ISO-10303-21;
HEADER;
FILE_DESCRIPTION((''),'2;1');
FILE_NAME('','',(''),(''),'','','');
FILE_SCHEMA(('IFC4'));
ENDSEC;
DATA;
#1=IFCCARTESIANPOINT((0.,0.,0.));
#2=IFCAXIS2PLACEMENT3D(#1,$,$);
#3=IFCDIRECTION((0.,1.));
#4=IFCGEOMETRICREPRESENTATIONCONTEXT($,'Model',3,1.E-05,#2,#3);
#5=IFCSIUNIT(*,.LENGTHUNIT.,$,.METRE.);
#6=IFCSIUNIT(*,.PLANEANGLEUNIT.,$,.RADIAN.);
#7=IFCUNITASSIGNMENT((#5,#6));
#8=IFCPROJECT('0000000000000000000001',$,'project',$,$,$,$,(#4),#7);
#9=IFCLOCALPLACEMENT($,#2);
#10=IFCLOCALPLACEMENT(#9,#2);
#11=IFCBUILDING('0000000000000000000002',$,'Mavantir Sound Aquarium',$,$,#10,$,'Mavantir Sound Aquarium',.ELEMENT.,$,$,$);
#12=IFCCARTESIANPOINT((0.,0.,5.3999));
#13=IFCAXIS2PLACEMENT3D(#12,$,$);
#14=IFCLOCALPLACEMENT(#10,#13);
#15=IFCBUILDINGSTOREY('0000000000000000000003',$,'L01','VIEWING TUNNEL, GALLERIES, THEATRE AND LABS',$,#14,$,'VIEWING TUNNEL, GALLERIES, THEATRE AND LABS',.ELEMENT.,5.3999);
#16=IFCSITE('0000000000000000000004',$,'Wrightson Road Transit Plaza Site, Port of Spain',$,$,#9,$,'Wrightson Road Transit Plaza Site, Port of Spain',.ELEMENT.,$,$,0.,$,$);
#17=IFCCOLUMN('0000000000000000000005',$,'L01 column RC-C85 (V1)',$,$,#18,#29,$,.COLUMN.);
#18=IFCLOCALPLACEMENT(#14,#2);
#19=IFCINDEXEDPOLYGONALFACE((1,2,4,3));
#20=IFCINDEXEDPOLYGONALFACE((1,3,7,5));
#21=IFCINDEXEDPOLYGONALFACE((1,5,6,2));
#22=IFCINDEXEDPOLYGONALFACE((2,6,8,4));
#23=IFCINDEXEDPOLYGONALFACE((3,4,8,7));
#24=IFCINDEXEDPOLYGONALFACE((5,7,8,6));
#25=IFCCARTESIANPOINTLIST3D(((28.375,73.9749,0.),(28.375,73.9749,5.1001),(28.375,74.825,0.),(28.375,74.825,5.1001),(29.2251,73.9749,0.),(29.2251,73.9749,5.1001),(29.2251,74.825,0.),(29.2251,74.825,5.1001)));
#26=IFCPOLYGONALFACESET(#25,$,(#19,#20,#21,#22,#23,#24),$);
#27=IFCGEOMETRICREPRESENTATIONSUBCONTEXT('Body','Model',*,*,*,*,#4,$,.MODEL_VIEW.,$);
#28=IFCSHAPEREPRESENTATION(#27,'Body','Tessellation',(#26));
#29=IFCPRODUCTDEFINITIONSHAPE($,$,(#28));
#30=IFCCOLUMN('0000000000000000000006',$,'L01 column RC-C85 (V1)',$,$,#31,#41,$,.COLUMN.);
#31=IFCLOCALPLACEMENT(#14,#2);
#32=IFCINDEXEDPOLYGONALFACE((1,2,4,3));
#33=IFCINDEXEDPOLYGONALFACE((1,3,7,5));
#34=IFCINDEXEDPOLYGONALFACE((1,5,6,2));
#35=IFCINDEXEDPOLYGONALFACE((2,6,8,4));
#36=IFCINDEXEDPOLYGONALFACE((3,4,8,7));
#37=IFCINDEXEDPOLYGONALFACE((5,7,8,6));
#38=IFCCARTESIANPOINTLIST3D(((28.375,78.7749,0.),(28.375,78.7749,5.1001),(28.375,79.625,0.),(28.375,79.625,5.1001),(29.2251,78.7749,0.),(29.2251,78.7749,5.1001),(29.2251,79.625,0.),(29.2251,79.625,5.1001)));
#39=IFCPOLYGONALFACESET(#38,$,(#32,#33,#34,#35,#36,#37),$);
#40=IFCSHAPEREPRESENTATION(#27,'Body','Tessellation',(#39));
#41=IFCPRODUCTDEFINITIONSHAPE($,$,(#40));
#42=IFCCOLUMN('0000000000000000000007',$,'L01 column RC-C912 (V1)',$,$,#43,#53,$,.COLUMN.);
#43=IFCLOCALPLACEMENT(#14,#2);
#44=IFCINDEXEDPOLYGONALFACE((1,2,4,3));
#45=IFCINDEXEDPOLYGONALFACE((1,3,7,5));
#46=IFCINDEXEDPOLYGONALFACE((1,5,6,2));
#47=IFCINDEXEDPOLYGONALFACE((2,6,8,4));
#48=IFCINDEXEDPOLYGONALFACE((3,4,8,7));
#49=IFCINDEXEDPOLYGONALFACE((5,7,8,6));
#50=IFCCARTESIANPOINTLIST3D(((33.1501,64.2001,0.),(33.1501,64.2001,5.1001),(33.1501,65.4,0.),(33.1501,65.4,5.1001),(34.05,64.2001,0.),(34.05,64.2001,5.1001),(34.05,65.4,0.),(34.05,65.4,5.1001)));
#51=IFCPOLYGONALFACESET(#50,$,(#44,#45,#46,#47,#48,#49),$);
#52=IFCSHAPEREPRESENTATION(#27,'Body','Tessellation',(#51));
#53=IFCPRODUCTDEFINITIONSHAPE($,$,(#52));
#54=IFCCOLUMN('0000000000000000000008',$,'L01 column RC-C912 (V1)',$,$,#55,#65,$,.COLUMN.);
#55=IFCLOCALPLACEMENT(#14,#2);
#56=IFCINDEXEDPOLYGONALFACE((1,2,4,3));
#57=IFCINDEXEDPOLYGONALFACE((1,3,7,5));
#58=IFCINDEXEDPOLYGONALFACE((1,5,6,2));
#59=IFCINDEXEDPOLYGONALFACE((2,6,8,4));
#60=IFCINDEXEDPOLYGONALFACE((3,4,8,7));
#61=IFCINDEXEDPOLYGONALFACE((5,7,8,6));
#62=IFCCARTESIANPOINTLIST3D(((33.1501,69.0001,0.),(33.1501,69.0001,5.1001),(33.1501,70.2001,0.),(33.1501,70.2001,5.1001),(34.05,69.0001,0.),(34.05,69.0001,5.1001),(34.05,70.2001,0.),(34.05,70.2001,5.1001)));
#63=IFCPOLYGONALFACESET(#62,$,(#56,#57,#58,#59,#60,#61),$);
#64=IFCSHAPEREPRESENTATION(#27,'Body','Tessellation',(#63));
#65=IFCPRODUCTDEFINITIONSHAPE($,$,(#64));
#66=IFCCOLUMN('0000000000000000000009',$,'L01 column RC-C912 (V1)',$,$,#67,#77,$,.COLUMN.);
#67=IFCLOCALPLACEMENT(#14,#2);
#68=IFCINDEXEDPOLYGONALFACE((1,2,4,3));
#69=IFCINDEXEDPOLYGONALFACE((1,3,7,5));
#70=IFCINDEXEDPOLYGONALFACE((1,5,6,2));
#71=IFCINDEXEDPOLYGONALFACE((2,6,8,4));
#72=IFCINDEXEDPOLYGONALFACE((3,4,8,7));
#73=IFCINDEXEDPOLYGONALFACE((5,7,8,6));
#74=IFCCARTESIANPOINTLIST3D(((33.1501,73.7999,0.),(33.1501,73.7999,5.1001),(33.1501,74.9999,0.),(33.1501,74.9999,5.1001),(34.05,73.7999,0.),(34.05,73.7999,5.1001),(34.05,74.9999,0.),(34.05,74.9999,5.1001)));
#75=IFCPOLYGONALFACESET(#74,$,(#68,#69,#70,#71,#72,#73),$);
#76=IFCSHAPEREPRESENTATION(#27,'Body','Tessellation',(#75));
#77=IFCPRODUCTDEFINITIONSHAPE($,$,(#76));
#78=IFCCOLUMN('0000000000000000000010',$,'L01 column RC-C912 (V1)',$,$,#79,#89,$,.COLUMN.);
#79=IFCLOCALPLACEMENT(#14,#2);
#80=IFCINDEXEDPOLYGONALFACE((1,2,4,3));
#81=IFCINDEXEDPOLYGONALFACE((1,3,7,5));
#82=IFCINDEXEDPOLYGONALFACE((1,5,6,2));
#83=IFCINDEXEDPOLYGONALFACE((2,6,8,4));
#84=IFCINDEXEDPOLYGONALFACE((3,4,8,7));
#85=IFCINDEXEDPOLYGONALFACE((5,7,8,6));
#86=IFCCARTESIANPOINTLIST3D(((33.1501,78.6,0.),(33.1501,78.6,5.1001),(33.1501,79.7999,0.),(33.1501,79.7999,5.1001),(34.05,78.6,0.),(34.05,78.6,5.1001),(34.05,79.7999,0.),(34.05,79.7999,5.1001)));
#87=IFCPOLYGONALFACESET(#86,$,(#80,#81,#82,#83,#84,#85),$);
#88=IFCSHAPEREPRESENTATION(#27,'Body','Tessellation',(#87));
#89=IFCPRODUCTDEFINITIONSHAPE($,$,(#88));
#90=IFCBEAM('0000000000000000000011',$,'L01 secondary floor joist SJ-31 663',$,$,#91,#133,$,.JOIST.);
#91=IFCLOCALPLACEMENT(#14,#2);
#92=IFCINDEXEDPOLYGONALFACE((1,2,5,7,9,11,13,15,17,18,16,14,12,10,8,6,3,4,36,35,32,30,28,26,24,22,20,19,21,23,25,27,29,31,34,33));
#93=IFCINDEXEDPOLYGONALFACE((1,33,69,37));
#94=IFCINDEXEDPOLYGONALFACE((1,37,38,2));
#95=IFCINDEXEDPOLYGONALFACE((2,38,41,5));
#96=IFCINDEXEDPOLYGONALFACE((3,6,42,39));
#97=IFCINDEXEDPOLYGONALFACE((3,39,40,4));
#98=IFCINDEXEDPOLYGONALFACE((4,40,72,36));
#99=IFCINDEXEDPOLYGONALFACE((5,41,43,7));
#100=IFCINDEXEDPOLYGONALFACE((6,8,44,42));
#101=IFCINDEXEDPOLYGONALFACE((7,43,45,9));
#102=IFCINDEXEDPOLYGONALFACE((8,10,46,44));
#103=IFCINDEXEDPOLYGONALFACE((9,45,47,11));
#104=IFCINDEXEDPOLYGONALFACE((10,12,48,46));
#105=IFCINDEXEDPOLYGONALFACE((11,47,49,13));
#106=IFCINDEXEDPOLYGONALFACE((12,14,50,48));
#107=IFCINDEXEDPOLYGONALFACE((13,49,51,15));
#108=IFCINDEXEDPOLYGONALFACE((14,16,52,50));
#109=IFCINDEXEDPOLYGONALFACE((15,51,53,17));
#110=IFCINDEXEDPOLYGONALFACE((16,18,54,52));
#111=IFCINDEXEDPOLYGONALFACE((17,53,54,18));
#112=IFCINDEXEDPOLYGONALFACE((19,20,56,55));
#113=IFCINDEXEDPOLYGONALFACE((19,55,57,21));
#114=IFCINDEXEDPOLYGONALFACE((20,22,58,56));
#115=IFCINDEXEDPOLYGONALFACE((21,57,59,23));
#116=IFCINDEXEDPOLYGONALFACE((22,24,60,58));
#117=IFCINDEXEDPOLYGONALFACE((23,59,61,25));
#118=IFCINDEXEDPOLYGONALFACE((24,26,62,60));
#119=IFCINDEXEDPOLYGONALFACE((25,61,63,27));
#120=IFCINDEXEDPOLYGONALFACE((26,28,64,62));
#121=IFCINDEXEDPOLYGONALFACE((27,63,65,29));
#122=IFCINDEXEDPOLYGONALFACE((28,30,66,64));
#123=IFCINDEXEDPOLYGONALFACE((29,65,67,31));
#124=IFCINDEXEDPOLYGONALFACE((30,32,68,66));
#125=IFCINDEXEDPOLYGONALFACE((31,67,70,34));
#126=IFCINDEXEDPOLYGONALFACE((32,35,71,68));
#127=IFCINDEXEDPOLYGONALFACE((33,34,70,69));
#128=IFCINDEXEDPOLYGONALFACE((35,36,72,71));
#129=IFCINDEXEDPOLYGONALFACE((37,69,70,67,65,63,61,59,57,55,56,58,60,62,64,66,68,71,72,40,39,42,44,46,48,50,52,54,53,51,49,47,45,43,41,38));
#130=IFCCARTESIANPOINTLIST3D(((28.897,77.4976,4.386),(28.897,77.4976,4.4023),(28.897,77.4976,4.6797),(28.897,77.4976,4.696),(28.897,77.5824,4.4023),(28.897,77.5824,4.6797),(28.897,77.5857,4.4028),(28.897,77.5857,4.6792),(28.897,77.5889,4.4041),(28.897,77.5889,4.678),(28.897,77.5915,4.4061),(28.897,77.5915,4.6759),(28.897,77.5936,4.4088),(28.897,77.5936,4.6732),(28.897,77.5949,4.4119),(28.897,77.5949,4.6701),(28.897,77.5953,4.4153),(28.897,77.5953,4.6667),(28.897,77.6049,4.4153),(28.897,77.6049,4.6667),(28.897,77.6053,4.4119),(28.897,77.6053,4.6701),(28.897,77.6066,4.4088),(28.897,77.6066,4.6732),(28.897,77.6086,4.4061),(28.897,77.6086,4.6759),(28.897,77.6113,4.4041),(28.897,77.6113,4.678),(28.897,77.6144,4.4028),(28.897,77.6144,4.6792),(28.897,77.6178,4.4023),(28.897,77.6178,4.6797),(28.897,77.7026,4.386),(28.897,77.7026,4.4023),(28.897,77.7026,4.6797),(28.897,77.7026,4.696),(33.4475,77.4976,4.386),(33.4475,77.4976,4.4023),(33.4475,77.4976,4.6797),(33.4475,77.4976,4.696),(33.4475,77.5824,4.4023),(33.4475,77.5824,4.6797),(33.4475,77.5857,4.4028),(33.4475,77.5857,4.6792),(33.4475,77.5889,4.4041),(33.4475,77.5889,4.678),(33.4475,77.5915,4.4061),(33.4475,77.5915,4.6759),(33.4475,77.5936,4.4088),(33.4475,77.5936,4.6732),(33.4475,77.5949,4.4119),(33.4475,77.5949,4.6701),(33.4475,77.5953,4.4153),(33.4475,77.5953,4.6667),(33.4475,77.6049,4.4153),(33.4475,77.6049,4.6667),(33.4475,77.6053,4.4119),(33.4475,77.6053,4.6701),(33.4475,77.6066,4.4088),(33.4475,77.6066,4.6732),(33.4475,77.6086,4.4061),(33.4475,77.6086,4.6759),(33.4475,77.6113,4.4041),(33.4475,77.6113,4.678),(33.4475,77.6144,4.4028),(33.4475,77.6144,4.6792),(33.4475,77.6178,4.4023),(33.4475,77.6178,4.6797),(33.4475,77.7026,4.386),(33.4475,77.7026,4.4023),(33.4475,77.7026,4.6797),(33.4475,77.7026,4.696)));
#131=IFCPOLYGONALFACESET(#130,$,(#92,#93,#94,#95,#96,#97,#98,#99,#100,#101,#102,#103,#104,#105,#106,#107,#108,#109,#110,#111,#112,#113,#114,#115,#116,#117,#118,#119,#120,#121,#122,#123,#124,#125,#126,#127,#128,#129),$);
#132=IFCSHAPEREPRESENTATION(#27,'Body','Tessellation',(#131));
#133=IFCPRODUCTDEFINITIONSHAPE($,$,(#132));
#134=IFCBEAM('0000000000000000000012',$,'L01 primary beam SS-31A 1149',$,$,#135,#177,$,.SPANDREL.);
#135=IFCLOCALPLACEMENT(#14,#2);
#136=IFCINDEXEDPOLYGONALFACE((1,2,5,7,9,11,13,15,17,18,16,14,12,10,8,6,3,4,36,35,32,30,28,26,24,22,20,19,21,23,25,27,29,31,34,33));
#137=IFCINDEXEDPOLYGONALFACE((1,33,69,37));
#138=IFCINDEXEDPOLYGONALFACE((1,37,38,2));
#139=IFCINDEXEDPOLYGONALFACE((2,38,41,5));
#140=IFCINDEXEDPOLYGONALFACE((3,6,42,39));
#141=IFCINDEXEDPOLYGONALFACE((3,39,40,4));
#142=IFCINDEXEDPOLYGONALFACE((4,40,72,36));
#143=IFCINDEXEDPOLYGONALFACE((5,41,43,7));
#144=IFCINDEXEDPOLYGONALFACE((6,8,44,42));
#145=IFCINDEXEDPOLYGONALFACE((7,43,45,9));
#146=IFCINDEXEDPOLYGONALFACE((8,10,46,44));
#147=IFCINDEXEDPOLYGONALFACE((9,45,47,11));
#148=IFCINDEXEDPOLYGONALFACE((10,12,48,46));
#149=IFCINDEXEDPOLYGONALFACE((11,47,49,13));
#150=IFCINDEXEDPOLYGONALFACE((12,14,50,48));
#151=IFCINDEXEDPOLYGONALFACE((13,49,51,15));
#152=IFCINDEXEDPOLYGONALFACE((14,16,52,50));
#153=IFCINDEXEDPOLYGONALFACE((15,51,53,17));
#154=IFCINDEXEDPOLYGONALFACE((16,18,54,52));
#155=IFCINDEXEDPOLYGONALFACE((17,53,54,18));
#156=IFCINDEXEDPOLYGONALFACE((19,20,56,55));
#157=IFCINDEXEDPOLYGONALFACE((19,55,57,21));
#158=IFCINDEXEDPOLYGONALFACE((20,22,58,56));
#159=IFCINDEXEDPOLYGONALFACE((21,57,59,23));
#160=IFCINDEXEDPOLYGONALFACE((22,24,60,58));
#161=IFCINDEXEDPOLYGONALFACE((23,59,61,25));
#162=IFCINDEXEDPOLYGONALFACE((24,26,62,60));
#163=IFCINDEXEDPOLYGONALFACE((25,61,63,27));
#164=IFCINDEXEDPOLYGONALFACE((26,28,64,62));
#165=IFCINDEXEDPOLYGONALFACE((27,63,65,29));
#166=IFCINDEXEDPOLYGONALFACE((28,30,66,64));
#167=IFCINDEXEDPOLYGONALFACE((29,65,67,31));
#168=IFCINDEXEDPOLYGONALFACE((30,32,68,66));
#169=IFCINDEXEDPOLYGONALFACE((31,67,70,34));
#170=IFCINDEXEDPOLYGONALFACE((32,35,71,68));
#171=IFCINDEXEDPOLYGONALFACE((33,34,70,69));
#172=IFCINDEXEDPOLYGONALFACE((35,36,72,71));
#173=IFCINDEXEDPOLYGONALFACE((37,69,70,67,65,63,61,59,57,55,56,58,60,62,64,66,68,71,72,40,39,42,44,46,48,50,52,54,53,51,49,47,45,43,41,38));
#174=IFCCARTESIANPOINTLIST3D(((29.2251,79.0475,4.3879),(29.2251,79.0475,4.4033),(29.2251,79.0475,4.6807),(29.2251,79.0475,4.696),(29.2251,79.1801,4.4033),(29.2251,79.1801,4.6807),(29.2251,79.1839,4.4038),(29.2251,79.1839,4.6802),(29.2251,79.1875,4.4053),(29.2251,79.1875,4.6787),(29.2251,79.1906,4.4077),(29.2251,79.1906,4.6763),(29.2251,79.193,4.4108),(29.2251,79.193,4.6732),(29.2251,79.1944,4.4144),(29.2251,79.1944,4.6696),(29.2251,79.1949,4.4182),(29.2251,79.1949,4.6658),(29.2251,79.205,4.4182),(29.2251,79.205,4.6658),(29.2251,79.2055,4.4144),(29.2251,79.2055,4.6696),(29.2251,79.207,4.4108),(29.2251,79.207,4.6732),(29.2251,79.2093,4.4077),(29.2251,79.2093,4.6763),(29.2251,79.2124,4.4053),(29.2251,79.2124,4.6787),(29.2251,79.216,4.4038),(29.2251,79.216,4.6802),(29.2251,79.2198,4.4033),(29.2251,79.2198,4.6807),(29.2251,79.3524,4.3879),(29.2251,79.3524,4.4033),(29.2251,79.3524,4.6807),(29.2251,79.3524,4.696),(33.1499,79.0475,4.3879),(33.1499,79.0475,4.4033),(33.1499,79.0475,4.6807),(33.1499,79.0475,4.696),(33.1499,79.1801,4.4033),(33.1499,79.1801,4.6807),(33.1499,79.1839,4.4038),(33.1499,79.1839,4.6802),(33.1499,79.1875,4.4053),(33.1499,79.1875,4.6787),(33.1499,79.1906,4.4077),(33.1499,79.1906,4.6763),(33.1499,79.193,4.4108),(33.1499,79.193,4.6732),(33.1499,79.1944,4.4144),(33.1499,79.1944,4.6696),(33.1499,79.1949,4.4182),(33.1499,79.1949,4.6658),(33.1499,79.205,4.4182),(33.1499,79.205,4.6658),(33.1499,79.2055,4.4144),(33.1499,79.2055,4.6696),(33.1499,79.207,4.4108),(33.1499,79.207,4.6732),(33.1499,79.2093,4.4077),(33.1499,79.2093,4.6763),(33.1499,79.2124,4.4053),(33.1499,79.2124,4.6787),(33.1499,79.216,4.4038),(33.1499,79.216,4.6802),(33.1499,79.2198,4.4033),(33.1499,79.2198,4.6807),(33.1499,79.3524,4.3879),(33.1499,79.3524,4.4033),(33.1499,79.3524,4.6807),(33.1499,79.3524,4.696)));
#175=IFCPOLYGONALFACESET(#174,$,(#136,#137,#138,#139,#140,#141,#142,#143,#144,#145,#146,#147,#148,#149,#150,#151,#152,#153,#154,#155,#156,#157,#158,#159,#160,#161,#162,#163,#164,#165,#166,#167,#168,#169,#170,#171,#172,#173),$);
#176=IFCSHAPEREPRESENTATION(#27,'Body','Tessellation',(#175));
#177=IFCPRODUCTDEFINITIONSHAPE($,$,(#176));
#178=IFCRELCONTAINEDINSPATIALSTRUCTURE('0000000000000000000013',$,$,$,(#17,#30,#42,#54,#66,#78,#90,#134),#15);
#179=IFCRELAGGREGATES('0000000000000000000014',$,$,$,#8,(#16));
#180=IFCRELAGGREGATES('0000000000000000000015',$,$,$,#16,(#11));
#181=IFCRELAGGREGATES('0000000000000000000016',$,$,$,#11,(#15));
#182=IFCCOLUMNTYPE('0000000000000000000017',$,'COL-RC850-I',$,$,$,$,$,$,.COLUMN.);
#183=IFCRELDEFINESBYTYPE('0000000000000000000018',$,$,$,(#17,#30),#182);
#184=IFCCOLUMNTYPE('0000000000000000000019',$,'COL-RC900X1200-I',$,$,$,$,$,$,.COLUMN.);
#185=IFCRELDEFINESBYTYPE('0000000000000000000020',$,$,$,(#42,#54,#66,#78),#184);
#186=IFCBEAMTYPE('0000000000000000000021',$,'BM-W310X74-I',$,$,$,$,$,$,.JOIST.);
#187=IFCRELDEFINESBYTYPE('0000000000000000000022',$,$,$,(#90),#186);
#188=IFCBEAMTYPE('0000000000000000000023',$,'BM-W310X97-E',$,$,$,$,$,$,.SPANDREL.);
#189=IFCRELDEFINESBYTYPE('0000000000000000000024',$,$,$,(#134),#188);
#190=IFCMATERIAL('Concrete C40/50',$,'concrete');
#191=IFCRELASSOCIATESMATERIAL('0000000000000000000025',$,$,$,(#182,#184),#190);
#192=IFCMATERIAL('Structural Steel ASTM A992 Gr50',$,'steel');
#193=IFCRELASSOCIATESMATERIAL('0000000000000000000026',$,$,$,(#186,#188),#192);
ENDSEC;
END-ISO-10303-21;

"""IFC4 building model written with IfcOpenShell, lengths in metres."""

from ifc_helpers import new_model, si_unit, direction, frame, origin, origin_2d, place, context, subcontext, project, spatial, rectangle, i_section, extrude, material, material_profile, profile_set, type_object, element, save


model = new_model("IFC4")

# Units and contexts
model_context = context("Model", 3, precision=1e-05, world=origin(), true_north=direction((0.0, 1.0)))
body_context = subcontext(model_context, "Body", "Model", "MODEL_VIEW")
ifc_project = project(units=[si_unit("LENGTHUNIT", "METRE"), si_unit("PLANEANGLEUNIT", "RADIAN")], contexts=[model_context])

# Site, building, storey
site_placement = place(None, origin())
site = spatial("IfcSite", under=ifc_project, at=site_placement, Name="Wrightson Road Transit Plaza Site, Port of Spain", LongName="Wrightson Road Transit Plaza Site, Port of Spain", CompositionType="ELEMENT", RefElevation=0.0)
building_placement = place(site_placement, origin())
building = spatial("IfcBuilding", under=site, at=building_placement, Name="Mavantir Sound Aquarium", LongName="Mavantir Sound Aquarium", CompositionType="ELEMENT")
storey_placement = place(building_placement, frame((0.0, 0.0, 5.3999)))
storey = spatial("IfcBuildingStorey", under=building, at=storey_placement, Name="L01", Description="VIEWING TUNNEL, GALLERIES, THEATRE AND LABS", LongName="VIEWING TUNNEL, GALLERIES, THEATRE AND LABS", CompositionType="ELEMENT", Elevation=5.3999)

# Columns
ifc_material_1 = material(Name="Concrete C40/50", Category="concrete")
ifc_material_profile_1 = material_profile(ifc_material_1, rectangle(XDim=0.8501, YDim=0.8501, at=origin_2d()), Name="RC 850X850")
ifc_profile_set_1 = profile_set([ifc_material_profile_1], Name="Concrete C40/50")
column_type_1 = type_object("IfcColumnType", Name="COL-RC850-I", PredefinedType="COLUMN", material=ifc_profile_set_1)
for number, where, z_axis, x_axis, name in (
    (1, (28.8, 74.3999, 0.0), (0.0, 0.0, 1.0), (1.0, 0.0, 0.0), "L01 column RC-C85 (V1)"),
    (2, (28.8, 79.2, 0.0), (0.0, 0.0, 1.0), (1.0, 0.0, 0.0), "L01 column RC-C85 (V1)"),
):
    element("IfcColumn", number, at=place(storey_placement, frame(where, z_axis=z_axis, x_axis=x_axis)), inside=storey, type_object=column_type_1, Name=name, PredefinedType="COLUMN", context=body_context, shape_type="SweptSolid", body=[
        extrude(rectangle(XDim=0.8501, YDim=0.8501, at=origin_2d()), origin(), (0.0, 0.0, 1.0), 5.1001),
    ])
ifc_material_profile_2 = material_profile(ifc_material_1, rectangle(XDim=0.8999, YDim=1.2, at=origin_2d()), Name="RC 900X1200")
ifc_profile_set_2 = profile_set([ifc_material_profile_2], Name="Concrete C40/50")
column_type_2 = type_object("IfcColumnType", Name="COL-RC900X1200-I", PredefinedType="COLUMN", material=ifc_profile_set_2)
for number, where, z_axis, x_axis, name in (
    (3, (33.6001, 64.8, 0.0), (0.0, 0.0, 1.0), (1.0, 0.0, 0.0), "L01 column RC-C912 (V1)"),
    (4, (33.6001, 69.6001, 0.0), (0.0, 0.0, 1.0), (1.0, 0.0, 0.0), "L01 column RC-C912 (V1)"),
    (5, (33.6001, 74.3999, 0.0), (0.0, 0.0, 1.0), (1.0, 0.0, 0.0), "L01 column RC-C912 (V1)"),
    (6, (33.6001, 79.2, 0.0), (0.0, 0.0, 1.0), (1.0, 0.0, 0.0), "L01 column RC-C912 (V1)"),
):
    element("IfcColumn", number, at=place(storey_placement, frame(where, z_axis=z_axis, x_axis=x_axis)), inside=storey, type_object=column_type_2, Name=name, PredefinedType="COLUMN", context=body_context, shape_type="SweptSolid", body=[
        extrude(rectangle(XDim=0.8999, YDim=1.2, at=origin_2d()), origin(), (0.0, 0.0, 1.0), 5.1001),
    ])

# Beams
ifc_material_2 = material(Name="Structural Steel ASTM A992 Gr50", Category="steel")
ifc_material_profile_3 = material_profile(ifc_material_2, i_section(OverallWidth=0.2051, OverallDepth=0.3101, WebThickness=0.0095, FlangeThickness=0.0164, FilletRadius=0.0129, at=origin_2d()), Name="W310X74")
ifc_profile_set_3 = profile_set([ifc_material_profile_3], Name="Structural Steel ASTM A992 Gr50")
beam_type_1 = type_object("IfcBeamType", Name="BM-W310X74-I", PredefinedType="JOIST", material=ifc_profile_set_3)
beam_1_placement = place(storey_placement, frame((28.897, 77.6001, 4.541), z_axis=(1.0, 0.0, 0.0), x_axis=(0.0, 1.0, 0.0)))
element("IfcBeam", 7, at=beam_1_placement, inside=storey, type_object=beam_type_1, Name="L01 secondary floor joist SJ-31 663", PredefinedType="JOIST", context=body_context, shape_type="SweptSolid", body=[
    extrude(i_section(OverallWidth=0.2051, OverallDepth=0.3101, WebThickness=0.0095, FlangeThickness=0.0164, FilletRadius=0.0129, at=origin_2d()), origin(), (0.0, 0.0, 1.0), 4.5505),
])
ifc_material_profile_4 = material_profile(ifc_material_2, i_section(OverallWidth=0.3049, OverallDepth=0.3081, WebThickness=0.01, FlangeThickness=0.0154, FilletRadius=0.0149, at=origin_2d()), Name="W310X97")
ifc_profile_set_4 = profile_set([ifc_material_profile_4], Name="Structural Steel ASTM A992 Gr50")
beam_type_2 = type_object("IfcBeamType", Name="BM-W310X97-E", PredefinedType="SPANDREL", material=ifc_profile_set_4)
beam_2_placement = place(storey_placement, frame((29.2251, 79.2, 4.542), z_axis=(1.0, 0.0, 0.0), x_axis=(0.0, 1.0, 0.0)))
element("IfcBeam", 8, at=beam_2_placement, inside=storey, type_object=beam_type_2, Name="L01 primary beam SS-31A 1149", PredefinedType="SPANDREL", context=body_context, shape_type="SweptSolid", body=[
    extrude(i_section(OverallWidth=0.3049, OverallDepth=0.3081, WebThickness=0.01, FlangeThickness=0.0154, FilletRadius=0.0149, at=origin_2d()), origin(), (0.0, 0.0, 1.0), 3.9248),
])

save(model, "model.ifc")
